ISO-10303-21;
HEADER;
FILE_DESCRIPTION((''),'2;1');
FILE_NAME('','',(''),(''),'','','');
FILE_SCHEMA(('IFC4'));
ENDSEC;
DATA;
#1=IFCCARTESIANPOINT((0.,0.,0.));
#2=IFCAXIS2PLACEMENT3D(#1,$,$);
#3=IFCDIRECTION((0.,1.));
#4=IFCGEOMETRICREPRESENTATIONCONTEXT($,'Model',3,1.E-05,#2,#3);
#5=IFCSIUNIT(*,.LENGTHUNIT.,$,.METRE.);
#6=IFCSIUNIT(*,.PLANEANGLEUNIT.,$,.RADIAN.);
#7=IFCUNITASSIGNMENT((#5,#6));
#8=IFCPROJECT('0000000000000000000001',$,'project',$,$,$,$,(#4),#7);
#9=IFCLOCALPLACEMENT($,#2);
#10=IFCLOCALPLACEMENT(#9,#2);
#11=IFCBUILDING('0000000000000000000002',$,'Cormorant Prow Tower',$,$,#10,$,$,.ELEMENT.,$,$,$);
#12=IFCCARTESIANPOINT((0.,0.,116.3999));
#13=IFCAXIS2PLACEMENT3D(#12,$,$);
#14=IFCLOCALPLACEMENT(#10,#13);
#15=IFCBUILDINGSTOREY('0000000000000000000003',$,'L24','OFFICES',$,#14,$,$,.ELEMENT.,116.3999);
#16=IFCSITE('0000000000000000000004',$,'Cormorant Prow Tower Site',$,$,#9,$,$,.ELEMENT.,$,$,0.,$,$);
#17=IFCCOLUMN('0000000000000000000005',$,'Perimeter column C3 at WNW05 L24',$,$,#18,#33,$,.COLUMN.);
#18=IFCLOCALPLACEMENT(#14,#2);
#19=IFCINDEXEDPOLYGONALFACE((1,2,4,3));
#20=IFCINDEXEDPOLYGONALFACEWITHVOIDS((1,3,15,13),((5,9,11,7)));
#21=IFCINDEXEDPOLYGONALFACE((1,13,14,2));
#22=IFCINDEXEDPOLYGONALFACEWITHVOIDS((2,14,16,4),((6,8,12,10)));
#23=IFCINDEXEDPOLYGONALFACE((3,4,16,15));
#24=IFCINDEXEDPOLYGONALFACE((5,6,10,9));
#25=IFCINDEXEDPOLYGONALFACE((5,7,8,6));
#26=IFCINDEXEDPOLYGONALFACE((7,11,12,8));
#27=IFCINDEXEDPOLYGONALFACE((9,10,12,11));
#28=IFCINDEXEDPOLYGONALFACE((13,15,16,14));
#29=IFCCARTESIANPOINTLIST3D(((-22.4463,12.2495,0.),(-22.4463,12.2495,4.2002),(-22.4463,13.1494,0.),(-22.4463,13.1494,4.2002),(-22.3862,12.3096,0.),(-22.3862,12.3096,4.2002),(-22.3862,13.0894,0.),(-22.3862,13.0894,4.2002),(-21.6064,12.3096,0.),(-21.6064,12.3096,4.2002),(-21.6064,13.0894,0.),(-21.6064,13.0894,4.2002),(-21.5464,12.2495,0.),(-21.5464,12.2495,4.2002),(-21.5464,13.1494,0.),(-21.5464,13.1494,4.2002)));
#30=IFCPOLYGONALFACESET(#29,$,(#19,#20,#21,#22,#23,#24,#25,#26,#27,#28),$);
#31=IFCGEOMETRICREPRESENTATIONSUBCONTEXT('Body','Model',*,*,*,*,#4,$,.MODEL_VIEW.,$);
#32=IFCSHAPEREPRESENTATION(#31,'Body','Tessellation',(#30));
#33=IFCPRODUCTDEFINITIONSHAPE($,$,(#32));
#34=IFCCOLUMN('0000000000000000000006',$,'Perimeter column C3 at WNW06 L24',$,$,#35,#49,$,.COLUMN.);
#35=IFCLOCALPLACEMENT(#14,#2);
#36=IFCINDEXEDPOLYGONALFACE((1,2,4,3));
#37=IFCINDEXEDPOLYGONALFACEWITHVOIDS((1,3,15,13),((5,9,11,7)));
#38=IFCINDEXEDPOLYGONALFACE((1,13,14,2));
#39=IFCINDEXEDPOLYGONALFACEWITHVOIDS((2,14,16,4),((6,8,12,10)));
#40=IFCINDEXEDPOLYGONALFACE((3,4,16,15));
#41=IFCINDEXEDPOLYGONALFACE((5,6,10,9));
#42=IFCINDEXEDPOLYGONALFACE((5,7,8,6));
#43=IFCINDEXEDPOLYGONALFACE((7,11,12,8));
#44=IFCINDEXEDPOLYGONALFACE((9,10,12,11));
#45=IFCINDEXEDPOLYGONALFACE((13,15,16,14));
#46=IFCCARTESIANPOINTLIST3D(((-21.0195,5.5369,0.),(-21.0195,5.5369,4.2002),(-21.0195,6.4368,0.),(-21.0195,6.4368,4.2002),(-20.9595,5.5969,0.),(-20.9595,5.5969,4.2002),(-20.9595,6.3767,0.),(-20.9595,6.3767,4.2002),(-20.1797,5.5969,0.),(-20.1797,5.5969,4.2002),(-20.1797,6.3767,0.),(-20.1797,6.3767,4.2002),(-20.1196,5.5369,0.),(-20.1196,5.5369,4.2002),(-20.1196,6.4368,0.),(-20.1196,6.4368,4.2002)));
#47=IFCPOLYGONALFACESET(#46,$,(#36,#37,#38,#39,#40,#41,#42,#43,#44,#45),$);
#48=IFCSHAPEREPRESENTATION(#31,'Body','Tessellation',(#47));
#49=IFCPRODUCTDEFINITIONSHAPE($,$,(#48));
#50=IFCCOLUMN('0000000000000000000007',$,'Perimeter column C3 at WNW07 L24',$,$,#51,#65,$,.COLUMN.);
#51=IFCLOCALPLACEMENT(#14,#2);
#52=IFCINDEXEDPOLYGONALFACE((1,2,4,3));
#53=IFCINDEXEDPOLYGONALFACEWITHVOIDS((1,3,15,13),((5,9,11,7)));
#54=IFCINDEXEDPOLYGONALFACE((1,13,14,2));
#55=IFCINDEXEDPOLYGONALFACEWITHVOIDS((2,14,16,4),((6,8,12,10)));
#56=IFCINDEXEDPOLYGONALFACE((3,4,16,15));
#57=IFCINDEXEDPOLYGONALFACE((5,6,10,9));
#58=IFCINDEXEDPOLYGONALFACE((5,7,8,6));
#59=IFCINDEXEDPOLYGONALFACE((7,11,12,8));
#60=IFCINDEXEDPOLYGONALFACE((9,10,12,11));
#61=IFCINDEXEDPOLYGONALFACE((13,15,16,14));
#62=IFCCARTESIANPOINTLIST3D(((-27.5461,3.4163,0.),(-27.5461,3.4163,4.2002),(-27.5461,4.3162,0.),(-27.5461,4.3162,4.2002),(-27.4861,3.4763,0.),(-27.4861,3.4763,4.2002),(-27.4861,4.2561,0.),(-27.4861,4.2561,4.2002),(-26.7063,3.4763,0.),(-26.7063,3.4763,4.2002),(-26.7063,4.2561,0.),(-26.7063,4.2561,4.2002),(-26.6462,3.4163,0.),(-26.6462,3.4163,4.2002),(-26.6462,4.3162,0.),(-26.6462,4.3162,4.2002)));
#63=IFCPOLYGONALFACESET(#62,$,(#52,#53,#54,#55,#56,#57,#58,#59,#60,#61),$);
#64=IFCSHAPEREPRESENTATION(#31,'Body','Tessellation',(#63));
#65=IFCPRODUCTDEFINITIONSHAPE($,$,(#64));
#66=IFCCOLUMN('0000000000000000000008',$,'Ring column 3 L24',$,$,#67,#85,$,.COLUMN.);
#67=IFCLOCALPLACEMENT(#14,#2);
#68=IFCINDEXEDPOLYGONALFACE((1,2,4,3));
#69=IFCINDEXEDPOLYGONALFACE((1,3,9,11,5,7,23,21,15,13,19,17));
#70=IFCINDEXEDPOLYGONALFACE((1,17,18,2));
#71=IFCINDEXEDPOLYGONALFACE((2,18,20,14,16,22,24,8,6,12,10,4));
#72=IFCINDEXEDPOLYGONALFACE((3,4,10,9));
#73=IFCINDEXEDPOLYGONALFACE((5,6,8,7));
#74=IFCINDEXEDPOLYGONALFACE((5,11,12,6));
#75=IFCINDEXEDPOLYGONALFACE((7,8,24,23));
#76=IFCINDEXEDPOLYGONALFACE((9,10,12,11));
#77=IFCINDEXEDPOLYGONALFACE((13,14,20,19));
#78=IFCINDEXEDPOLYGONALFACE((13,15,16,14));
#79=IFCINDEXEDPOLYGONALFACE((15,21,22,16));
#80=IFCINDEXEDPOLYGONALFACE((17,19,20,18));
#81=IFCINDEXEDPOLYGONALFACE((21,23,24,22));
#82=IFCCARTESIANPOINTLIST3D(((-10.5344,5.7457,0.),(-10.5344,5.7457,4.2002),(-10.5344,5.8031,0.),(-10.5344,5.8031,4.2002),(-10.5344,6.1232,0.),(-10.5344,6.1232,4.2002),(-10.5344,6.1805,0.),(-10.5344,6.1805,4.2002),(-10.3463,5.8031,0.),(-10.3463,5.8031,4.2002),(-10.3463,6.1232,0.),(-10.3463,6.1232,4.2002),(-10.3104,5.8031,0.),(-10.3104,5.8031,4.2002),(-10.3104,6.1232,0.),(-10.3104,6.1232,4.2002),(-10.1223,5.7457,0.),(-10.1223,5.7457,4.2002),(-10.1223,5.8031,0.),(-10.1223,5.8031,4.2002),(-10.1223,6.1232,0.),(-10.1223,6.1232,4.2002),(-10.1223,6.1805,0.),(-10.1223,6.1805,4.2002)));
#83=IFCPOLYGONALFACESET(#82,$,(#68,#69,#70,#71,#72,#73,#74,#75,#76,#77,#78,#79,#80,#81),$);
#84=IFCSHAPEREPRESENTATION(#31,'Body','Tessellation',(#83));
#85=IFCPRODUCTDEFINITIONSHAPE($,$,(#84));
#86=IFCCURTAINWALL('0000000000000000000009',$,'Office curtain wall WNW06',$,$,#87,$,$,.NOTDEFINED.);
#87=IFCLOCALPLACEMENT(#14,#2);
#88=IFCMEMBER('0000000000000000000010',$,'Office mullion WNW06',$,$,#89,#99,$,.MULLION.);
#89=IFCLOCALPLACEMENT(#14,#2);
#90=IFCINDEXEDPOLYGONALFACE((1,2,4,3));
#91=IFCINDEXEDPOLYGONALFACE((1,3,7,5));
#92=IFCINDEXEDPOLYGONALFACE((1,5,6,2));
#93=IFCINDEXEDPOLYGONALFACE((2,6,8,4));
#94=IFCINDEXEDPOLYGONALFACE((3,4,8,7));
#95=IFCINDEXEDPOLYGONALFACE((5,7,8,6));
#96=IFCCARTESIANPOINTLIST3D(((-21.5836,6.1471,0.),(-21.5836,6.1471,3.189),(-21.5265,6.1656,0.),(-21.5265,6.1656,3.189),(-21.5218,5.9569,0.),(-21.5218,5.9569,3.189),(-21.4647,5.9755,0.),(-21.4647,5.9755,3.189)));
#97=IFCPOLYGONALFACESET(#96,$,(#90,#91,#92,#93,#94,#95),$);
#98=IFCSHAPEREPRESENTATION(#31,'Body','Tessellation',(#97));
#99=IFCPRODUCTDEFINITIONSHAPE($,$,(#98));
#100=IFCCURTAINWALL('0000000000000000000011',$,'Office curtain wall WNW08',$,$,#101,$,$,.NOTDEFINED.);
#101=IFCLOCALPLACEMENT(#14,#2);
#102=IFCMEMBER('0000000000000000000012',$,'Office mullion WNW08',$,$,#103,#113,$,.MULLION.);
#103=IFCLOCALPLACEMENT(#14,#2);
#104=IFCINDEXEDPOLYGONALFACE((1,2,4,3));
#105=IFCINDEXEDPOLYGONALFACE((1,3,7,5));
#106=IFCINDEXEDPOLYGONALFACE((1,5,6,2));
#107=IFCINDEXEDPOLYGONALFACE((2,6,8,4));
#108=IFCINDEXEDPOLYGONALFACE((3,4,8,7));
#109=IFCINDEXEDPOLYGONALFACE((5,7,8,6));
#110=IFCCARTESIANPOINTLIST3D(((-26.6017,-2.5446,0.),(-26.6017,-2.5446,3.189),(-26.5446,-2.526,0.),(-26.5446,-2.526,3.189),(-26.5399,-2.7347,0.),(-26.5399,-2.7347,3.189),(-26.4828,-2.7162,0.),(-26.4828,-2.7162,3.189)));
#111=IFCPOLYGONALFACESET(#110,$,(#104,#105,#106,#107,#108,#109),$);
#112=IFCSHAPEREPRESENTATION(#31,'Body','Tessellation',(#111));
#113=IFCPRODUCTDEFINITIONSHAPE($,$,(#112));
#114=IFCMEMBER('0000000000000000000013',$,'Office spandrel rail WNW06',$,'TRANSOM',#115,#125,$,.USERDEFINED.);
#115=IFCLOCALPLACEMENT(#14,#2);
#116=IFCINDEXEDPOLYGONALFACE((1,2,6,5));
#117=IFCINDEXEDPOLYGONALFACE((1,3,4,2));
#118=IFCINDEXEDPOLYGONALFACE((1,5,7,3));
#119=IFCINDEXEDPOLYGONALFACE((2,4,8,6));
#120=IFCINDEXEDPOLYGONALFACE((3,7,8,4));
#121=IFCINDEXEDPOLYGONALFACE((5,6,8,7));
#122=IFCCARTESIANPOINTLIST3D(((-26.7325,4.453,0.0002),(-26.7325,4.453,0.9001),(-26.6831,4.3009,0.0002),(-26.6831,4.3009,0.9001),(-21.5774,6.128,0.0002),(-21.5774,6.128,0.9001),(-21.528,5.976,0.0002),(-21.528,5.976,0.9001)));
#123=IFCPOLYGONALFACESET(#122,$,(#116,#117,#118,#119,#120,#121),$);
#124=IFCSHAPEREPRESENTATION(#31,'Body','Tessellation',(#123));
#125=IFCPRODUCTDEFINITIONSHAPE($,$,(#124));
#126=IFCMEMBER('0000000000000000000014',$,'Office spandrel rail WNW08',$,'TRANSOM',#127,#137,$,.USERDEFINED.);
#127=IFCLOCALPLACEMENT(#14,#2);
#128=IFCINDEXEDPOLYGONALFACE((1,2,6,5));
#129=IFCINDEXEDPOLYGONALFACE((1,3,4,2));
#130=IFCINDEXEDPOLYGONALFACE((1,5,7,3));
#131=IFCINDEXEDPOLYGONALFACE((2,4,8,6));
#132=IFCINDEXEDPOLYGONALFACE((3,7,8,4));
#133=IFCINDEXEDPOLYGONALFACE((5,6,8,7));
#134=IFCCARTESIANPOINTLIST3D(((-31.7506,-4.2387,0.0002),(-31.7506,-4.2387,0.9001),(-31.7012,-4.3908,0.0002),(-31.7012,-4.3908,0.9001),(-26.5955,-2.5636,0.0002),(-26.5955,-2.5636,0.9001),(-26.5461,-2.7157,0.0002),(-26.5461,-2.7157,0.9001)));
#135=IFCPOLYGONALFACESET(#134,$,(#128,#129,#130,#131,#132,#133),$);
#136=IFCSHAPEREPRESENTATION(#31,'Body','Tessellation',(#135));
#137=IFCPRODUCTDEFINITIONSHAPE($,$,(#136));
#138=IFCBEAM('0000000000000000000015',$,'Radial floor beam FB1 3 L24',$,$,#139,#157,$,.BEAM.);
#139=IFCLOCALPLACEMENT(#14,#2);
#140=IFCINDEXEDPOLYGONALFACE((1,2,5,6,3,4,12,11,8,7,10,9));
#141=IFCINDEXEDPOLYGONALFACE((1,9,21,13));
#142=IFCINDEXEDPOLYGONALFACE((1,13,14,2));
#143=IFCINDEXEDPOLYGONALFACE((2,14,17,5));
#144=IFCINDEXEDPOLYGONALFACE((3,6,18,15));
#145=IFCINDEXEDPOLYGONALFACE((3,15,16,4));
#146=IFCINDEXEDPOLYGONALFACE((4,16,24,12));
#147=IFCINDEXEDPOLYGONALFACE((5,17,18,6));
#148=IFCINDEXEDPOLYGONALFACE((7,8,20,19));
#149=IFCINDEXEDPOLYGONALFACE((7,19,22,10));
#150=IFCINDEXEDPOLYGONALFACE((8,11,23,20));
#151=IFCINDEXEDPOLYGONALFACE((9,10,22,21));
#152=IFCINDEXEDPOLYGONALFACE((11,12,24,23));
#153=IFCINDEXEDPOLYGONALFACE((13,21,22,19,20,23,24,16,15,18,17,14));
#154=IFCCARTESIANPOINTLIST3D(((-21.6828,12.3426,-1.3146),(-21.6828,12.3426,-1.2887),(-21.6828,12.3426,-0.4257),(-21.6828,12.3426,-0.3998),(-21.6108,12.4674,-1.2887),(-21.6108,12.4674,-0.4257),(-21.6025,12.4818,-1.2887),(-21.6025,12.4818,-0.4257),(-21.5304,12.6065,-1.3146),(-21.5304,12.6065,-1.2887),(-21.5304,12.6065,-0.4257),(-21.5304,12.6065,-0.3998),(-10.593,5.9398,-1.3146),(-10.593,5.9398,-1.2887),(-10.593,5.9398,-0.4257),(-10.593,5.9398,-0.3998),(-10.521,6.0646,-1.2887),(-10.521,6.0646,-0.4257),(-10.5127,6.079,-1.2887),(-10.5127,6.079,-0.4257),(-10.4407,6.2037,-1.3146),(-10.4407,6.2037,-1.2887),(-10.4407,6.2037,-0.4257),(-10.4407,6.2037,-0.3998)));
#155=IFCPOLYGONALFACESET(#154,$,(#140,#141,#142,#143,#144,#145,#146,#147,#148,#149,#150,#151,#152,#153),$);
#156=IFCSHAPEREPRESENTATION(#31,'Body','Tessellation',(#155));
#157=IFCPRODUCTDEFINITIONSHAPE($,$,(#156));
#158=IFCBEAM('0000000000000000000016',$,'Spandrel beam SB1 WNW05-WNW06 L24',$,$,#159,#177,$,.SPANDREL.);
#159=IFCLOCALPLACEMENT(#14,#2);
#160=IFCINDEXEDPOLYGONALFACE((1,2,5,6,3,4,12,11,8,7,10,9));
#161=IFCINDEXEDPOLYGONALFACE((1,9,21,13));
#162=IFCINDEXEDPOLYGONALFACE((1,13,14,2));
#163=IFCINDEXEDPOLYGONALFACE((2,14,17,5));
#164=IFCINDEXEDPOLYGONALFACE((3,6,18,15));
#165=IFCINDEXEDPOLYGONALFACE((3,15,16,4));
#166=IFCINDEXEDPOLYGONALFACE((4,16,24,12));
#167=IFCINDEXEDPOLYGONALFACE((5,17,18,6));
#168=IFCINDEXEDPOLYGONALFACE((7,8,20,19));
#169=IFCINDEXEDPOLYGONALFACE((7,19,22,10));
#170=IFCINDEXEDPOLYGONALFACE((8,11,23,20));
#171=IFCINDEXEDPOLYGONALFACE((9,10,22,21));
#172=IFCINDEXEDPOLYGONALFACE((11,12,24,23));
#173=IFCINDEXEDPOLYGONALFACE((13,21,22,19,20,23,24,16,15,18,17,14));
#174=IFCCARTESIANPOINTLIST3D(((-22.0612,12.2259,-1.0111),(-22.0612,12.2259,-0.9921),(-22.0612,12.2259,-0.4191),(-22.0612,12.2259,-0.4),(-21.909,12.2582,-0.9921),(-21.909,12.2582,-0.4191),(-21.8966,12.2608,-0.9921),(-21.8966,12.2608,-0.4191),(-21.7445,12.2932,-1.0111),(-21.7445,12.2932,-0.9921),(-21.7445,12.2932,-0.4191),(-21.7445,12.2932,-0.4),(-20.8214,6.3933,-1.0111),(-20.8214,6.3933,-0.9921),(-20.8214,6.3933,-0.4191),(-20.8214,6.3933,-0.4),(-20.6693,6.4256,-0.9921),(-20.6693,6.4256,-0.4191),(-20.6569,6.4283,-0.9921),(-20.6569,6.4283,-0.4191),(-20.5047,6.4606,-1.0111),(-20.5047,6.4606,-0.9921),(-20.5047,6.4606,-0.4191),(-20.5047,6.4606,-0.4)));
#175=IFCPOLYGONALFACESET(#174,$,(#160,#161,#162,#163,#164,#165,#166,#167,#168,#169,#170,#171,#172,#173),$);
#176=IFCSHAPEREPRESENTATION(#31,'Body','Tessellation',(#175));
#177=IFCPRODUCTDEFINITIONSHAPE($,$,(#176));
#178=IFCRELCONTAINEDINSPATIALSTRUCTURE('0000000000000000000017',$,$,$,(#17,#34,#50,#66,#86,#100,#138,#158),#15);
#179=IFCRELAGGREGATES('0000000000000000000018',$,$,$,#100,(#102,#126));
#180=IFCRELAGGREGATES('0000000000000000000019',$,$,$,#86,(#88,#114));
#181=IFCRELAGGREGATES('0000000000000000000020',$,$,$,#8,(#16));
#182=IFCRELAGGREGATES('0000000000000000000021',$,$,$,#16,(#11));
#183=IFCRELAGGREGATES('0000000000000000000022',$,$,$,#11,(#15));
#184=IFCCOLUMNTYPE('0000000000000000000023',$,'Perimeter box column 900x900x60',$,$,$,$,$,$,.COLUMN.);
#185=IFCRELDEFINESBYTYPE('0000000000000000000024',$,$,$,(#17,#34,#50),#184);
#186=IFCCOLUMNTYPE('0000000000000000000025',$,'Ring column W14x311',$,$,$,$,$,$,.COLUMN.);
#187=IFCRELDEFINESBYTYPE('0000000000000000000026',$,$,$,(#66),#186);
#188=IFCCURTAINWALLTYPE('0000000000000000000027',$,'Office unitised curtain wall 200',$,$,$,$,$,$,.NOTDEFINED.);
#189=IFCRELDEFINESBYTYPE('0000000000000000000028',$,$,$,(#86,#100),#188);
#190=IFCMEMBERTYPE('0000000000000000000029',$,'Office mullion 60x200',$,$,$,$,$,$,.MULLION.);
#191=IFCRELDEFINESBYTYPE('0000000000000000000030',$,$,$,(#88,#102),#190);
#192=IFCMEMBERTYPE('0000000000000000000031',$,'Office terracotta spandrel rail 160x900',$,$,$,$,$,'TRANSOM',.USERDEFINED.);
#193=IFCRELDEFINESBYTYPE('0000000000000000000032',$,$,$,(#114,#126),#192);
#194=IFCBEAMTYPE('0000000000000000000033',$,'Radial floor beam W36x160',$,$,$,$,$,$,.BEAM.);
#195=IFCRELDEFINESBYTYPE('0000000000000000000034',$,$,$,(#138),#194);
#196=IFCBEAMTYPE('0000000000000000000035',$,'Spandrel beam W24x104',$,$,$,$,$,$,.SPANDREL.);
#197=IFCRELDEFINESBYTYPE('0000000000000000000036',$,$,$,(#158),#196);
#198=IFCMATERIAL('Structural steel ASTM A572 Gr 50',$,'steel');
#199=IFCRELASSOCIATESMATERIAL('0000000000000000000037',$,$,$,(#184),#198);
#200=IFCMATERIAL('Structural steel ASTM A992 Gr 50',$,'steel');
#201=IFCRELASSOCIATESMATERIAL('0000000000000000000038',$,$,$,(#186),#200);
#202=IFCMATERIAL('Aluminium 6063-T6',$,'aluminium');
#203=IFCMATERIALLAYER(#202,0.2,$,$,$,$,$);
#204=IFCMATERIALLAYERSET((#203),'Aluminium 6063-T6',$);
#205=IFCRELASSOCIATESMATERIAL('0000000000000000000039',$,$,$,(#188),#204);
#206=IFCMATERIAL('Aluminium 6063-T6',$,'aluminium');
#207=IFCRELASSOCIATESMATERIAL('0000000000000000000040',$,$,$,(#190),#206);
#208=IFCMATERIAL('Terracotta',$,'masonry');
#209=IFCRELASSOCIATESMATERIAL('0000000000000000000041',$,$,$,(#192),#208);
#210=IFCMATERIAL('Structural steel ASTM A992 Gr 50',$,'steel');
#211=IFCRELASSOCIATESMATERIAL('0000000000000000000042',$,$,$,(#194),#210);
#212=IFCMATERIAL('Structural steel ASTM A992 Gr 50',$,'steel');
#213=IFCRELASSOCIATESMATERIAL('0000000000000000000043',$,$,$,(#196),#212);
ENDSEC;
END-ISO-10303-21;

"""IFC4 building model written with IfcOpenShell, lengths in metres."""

from ifc_helpers import new_model, si_unit, direction, frame, origin, origin_2d, place, context, subcontext, project, spatial, rectangle, hollow_rectangle, i_section, extrude, material, layer, layer_set, material_profile, profile_set, type_object, element, aggregate, save


model = new_model("IFC4")

# Units and contexts
model_context = context("Model", 3, precision=1e-05, world=origin(), true_north=direction((0.0, 1.0)))
body_context = subcontext(model_context, "Body", "Model", "MODEL_VIEW")
ifc_project = project(units=[si_unit("LENGTHUNIT", "METRE"), si_unit("PLANEANGLEUNIT", "RADIAN")], contexts=[model_context])

# Site, building, storey
site_placement = place(None, origin())
site = spatial("IfcSite", under=ifc_project, at=site_placement, Name="Cormorant Prow Tower Site", CompositionType="ELEMENT", RefElevation=0.0)
building_placement = place(site_placement, origin())
building = spatial("IfcBuilding", under=site, at=building_placement, Name="Cormorant Prow Tower", CompositionType="ELEMENT")
storey_placement = place(building_placement, frame((0.0, 0.0, 116.3999)))
storey = spatial("IfcBuildingStorey", under=building, at=storey_placement, Name="L24", Description="OFFICES", CompositionType="ELEMENT", Elevation=116.3999)

# Columns
ifc_material_1 = material(Name="Structural steel ASTM A572 Gr 50", Category="steel")
ifc_material_profile_1 = material_profile(ifc_material_1, hollow_rectangle(XDim=0.8999, YDim=0.8999, WallThickness=0.0601, at=origin_2d()), Name="Box 900x900x60")
ifc_profile_set_1 = profile_set([ifc_material_profile_1], Name="Structural steel ASTM A572 Gr 50")
column_type_1 = type_object("IfcColumnType", Name="Perimeter box column 900x900x60", PredefinedType="COLUMN", material=ifc_profile_set_1)
for number, where, z_axis, x_axis, name in (
    (1, (-21.9963, 12.6995, 0.0), (0.0, 0.0, 1.0), (1.0, 0.0, 0.0), "Perimeter column C3 at WNW05 L24"),
    (2, (-20.5696, 5.9868, 0.0), (0.0, 0.0, 1.0), (1.0, 0.0, 0.0), "Perimeter column C3 at WNW06 L24"),
    (3, (-27.0962, 3.8662, 0.0), (0.0, 0.0, 1.0), (1.0, 0.0, 0.0), "Perimeter column C3 at WNW07 L24"),
):
    element("IfcColumn", number, at=place(storey_placement, frame(where, z_axis=z_axis, x_axis=x_axis)), inside=storey, type_object=column_type_1, Name=name, PredefinedType="COLUMN", context=body_context, shape_type="SweptSolid", body=[
        extrude(hollow_rectangle(XDim=0.8999, YDim=0.8999, WallThickness=0.0601, at=origin_2d()), origin(), (0.0, 0.0, 1.0), 4.2002),
    ])
ifc_material_2 = material(Name="Structural steel ASTM A992 Gr 50", Category="steel")
ifc_material_profile_2 = material_profile(ifc_material_2, i_section(OverallWidth=0.4121, OverallDepth=0.4348, WebThickness=0.0359, FlangeThickness=0.0574, at=origin_2d()), Name="W14x311")
ifc_profile_set_2 = profile_set([ifc_material_profile_2], Name="Structural steel ASTM A992 Gr 50")
column_type_2 = type_object("IfcColumnType", Name="Ring column W14x311", PredefinedType="COLUMN", material=ifc_profile_set_2)
column_placement = place(storey_placement, frame((-10.3284, 5.9631, 0.0), z_axis=(0.0, 0.0, 1.0), x_axis=(1.0, 0.0, 0.0)))
element("IfcColumn", 4, at=column_placement, inside=storey, type_object=column_type_2, Name="Ring column 3 L24", PredefinedType="COLUMN", context=body_context, shape_type="SweptSolid", body=[
    extrude(i_section(OverallWidth=0.4121, OverallDepth=0.4348, WebThickness=0.0359, FlangeThickness=0.0574, at=origin_2d()), origin(), (0.0, 0.0, 1.0), 4.2002),
])

# Curtain walls, members
ifc_material_3 = material(Name="Aluminium 6063-T6", Category="aluminium")
ifc_layer_1 = layer(ifc_material_3, 0.2)
ifc_layer_set_1 = layer_set([ifc_layer_1], Name="Aluminium 6063-T6")
curtain_wall_type = type_object("IfcCurtainWallType", Name="Office unitised curtain wall 200", PredefinedType="NOTDEFINED", material=ifc_layer_set_1)
curtain_wall_1_placement = place(storey_placement, origin())
curtain_wall_1 = element("IfcCurtainWall", 5, at=curtain_wall_1_placement, inside=storey, type_object=curtain_wall_type, Name="Office curtain wall WNW06", PredefinedType="NOTDEFINED")
ifc_material_4 = material(Name="Aluminium 6063-T6", Category="aluminium")
ifc_material_profile_3 = material_profile(ifc_material_4, rectangle(XDim=0.2, YDim=0.0601, at=origin_2d()), Name="Office mullion 60x200")
ifc_profile_set_3 = profile_set([ifc_material_profile_3], Name="Aluminium 6063-T6")
member_type_1 = type_object("IfcMemberType", Name="Office mullion 60x200", PredefinedType="MULLION", material=ifc_profile_set_3)
member_1_placement = place(storey_placement, frame((-21.5242, 6.0613, 0.0), z_axis=(0.0, 0.0, 1.0), x_axis=(0.309017, -0.951057, 0.0)))
member_1 = element("IfcMember", 6, at=member_1_placement, type_object=member_type_1, Name="Office mullion WNW06", PredefinedType="MULLION", context=body_context, shape_type="SweptSolid", body=[
    extrude(rectangle(XDim=0.2, YDim=0.0601, at=origin_2d()), origin(), (0.0, 0.0, 1.0), 3.189),
])
curtain_wall_2_placement = place(storey_placement, origin())
curtain_wall_2 = element("IfcCurtainWall", 7, at=curtain_wall_2_placement, inside=storey, type_object=curtain_wall_type, Name="Office curtain wall WNW08", PredefinedType="NOTDEFINED")
member_2_placement = place(storey_placement, frame((-26.5422, -2.6304, 0.0), z_axis=(0.0, 0.0, 1.0), x_axis=(0.309017, -0.951057, 0.0)))
member_2 = element("IfcMember", 8, at=member_2_placement, type_object=member_type_1, Name="Office mullion WNW08", PredefinedType="MULLION", context=body_context, shape_type="SweptSolid", body=[
    extrude(rectangle(XDim=0.2, YDim=0.0601, at=origin_2d()), origin(), (0.0, 0.0, 1.0), 3.189),
])

# Members
ifc_material_5 = material(Name="Terracotta", Category="masonry")
ifc_material_profile_4 = material_profile(ifc_material_5, rectangle(XDim=0.1599, YDim=0.8999, at=origin_2d()), Name="Office terracotta spandrel rail 160x900")
ifc_profile_set_4 = profile_set([ifc_material_profile_4], Name="Terracotta")
member_type_2 = type_object("IfcMemberType", Name="Office terracotta spandrel rail 160x900", ElementType="TRANSOM", PredefinedType="USERDEFINED", material=ifc_profile_set_4)
member_3_placement = place(storey_placement, frame((-21.5527, 6.052, 0.4502), z_axis=(-0.951052, -0.30903, 0.0), x_axis=(0.30903, -0.951052, 0.0)))
member_3 = element("IfcMember", 9, at=member_3_placement, type_object=member_type_2, Name="Office spandrel rail WNW06", ObjectType="TRANSOM", PredefinedType="USERDEFINED", context=body_context, shape_type="SweptSolid", body=[
    extrude(rectangle(XDim=0.1599, YDim=0.8999, at=origin_2d()), origin(), (0.0, 0.0, 1.0), 5.4204),
])
member_4_placement = place(storey_placement, frame((-26.5708, -2.6396, 0.4502), z_axis=(-0.951052, -0.30903, 0.0), x_axis=(0.30903, -0.951052, 0.0)))
member_4 = element("IfcMember", 10, at=member_4_placement, type_object=member_type_2, Name="Office spandrel rail WNW08", ObjectType="TRANSOM", PredefinedType="USERDEFINED", context=body_context, shape_type="SweptSolid", body=[
    extrude(rectangle(XDim=0.1599, YDim=0.8999, at=origin_2d()), origin(), (0.0, 0.0, 1.0), 5.4204),
])
aggregate(curtain_wall_2, [member_2, member_4])

# Beams
ifc_material_6 = material(Name="Structural steel ASTM A992 Gr 50", Category="steel")
ifc_material_profile_5 = material_profile(ifc_material_6, i_section(OverallWidth=0.3047, OverallDepth=0.9148, WebThickness=0.0166, FlangeThickness=0.0259, at=origin_2d()), Name="W36x160")
ifc_profile_set_5 = profile_set([ifc_material_profile_5], Name="Structural steel ASTM A992 Gr 50")
beam_type_1 = type_object("IfcBeamType", Name="Radial floor beam W36x160", PredefinedType="BEAM", material=ifc_profile_set_5)
beam_1_placement = place(storey_placement, frame((-10.5168, 6.0718, -0.8572), z_axis=(-0.866022, 0.500006, 0.0), x_axis=(-0.500006, -0.866022, 0.0)))
element("IfcBeam", 11, at=beam_1_placement, inside=storey, type_object=beam_type_1, Name="Radial floor beam FB1 3 L24", PredefinedType="BEAM", context=body_context, shape_type="SweptSolid", body=[
    extrude(i_section(OverallWidth=0.3047, OverallDepth=0.9148, WebThickness=0.0166, FlangeThickness=0.0259, at=origin_2d()), origin(), (0.0, 0.0, 1.0), 12.8054),
])
ifc_material_7 = material(Name="Structural steel ASTM A992 Gr 50", Category="steel")
ifc_material_profile_6 = material_profile(ifc_material_7, i_section(OverallWidth=0.3237, OverallDepth=0.6111, WebThickness=0.0127, FlangeThickness=0.019, at=origin_2d()), Name="W24x104")
ifc_profile_set_6 = profile_set([ifc_material_profile_6], Name="Structural steel ASTM A992 Gr 50")
beam_type_2 = type_object("IfcBeamType", Name="Spandrel beam W24x104", PredefinedType="SPANDREL", material=ifc_profile_set_6)
beam_2_placement = place(storey_placement, frame((-21.9028, 12.2595, -0.7056), z_axis=(0.207913, -0.978147, 0.0), x_axis=(0.978147, 0.207913, 0.0)))
element("IfcBeam", 12, at=beam_2_placement, inside=storey, type_object=beam_type_2, Name="Spandrel beam SB1 WNW05-WNW06 L24", PredefinedType="SPANDREL", context=body_context, shape_type="SweptSolid", body=[
    extrude(i_section(OverallWidth=0.3237, OverallDepth=0.6111, WebThickness=0.0127, FlangeThickness=0.019, at=origin_2d()), origin(), (0.0, 0.0, 1.0), 5.9629),
])

aggregate(curtain_wall_1, [member_1, member_3])

save(model, "model.ifc")
